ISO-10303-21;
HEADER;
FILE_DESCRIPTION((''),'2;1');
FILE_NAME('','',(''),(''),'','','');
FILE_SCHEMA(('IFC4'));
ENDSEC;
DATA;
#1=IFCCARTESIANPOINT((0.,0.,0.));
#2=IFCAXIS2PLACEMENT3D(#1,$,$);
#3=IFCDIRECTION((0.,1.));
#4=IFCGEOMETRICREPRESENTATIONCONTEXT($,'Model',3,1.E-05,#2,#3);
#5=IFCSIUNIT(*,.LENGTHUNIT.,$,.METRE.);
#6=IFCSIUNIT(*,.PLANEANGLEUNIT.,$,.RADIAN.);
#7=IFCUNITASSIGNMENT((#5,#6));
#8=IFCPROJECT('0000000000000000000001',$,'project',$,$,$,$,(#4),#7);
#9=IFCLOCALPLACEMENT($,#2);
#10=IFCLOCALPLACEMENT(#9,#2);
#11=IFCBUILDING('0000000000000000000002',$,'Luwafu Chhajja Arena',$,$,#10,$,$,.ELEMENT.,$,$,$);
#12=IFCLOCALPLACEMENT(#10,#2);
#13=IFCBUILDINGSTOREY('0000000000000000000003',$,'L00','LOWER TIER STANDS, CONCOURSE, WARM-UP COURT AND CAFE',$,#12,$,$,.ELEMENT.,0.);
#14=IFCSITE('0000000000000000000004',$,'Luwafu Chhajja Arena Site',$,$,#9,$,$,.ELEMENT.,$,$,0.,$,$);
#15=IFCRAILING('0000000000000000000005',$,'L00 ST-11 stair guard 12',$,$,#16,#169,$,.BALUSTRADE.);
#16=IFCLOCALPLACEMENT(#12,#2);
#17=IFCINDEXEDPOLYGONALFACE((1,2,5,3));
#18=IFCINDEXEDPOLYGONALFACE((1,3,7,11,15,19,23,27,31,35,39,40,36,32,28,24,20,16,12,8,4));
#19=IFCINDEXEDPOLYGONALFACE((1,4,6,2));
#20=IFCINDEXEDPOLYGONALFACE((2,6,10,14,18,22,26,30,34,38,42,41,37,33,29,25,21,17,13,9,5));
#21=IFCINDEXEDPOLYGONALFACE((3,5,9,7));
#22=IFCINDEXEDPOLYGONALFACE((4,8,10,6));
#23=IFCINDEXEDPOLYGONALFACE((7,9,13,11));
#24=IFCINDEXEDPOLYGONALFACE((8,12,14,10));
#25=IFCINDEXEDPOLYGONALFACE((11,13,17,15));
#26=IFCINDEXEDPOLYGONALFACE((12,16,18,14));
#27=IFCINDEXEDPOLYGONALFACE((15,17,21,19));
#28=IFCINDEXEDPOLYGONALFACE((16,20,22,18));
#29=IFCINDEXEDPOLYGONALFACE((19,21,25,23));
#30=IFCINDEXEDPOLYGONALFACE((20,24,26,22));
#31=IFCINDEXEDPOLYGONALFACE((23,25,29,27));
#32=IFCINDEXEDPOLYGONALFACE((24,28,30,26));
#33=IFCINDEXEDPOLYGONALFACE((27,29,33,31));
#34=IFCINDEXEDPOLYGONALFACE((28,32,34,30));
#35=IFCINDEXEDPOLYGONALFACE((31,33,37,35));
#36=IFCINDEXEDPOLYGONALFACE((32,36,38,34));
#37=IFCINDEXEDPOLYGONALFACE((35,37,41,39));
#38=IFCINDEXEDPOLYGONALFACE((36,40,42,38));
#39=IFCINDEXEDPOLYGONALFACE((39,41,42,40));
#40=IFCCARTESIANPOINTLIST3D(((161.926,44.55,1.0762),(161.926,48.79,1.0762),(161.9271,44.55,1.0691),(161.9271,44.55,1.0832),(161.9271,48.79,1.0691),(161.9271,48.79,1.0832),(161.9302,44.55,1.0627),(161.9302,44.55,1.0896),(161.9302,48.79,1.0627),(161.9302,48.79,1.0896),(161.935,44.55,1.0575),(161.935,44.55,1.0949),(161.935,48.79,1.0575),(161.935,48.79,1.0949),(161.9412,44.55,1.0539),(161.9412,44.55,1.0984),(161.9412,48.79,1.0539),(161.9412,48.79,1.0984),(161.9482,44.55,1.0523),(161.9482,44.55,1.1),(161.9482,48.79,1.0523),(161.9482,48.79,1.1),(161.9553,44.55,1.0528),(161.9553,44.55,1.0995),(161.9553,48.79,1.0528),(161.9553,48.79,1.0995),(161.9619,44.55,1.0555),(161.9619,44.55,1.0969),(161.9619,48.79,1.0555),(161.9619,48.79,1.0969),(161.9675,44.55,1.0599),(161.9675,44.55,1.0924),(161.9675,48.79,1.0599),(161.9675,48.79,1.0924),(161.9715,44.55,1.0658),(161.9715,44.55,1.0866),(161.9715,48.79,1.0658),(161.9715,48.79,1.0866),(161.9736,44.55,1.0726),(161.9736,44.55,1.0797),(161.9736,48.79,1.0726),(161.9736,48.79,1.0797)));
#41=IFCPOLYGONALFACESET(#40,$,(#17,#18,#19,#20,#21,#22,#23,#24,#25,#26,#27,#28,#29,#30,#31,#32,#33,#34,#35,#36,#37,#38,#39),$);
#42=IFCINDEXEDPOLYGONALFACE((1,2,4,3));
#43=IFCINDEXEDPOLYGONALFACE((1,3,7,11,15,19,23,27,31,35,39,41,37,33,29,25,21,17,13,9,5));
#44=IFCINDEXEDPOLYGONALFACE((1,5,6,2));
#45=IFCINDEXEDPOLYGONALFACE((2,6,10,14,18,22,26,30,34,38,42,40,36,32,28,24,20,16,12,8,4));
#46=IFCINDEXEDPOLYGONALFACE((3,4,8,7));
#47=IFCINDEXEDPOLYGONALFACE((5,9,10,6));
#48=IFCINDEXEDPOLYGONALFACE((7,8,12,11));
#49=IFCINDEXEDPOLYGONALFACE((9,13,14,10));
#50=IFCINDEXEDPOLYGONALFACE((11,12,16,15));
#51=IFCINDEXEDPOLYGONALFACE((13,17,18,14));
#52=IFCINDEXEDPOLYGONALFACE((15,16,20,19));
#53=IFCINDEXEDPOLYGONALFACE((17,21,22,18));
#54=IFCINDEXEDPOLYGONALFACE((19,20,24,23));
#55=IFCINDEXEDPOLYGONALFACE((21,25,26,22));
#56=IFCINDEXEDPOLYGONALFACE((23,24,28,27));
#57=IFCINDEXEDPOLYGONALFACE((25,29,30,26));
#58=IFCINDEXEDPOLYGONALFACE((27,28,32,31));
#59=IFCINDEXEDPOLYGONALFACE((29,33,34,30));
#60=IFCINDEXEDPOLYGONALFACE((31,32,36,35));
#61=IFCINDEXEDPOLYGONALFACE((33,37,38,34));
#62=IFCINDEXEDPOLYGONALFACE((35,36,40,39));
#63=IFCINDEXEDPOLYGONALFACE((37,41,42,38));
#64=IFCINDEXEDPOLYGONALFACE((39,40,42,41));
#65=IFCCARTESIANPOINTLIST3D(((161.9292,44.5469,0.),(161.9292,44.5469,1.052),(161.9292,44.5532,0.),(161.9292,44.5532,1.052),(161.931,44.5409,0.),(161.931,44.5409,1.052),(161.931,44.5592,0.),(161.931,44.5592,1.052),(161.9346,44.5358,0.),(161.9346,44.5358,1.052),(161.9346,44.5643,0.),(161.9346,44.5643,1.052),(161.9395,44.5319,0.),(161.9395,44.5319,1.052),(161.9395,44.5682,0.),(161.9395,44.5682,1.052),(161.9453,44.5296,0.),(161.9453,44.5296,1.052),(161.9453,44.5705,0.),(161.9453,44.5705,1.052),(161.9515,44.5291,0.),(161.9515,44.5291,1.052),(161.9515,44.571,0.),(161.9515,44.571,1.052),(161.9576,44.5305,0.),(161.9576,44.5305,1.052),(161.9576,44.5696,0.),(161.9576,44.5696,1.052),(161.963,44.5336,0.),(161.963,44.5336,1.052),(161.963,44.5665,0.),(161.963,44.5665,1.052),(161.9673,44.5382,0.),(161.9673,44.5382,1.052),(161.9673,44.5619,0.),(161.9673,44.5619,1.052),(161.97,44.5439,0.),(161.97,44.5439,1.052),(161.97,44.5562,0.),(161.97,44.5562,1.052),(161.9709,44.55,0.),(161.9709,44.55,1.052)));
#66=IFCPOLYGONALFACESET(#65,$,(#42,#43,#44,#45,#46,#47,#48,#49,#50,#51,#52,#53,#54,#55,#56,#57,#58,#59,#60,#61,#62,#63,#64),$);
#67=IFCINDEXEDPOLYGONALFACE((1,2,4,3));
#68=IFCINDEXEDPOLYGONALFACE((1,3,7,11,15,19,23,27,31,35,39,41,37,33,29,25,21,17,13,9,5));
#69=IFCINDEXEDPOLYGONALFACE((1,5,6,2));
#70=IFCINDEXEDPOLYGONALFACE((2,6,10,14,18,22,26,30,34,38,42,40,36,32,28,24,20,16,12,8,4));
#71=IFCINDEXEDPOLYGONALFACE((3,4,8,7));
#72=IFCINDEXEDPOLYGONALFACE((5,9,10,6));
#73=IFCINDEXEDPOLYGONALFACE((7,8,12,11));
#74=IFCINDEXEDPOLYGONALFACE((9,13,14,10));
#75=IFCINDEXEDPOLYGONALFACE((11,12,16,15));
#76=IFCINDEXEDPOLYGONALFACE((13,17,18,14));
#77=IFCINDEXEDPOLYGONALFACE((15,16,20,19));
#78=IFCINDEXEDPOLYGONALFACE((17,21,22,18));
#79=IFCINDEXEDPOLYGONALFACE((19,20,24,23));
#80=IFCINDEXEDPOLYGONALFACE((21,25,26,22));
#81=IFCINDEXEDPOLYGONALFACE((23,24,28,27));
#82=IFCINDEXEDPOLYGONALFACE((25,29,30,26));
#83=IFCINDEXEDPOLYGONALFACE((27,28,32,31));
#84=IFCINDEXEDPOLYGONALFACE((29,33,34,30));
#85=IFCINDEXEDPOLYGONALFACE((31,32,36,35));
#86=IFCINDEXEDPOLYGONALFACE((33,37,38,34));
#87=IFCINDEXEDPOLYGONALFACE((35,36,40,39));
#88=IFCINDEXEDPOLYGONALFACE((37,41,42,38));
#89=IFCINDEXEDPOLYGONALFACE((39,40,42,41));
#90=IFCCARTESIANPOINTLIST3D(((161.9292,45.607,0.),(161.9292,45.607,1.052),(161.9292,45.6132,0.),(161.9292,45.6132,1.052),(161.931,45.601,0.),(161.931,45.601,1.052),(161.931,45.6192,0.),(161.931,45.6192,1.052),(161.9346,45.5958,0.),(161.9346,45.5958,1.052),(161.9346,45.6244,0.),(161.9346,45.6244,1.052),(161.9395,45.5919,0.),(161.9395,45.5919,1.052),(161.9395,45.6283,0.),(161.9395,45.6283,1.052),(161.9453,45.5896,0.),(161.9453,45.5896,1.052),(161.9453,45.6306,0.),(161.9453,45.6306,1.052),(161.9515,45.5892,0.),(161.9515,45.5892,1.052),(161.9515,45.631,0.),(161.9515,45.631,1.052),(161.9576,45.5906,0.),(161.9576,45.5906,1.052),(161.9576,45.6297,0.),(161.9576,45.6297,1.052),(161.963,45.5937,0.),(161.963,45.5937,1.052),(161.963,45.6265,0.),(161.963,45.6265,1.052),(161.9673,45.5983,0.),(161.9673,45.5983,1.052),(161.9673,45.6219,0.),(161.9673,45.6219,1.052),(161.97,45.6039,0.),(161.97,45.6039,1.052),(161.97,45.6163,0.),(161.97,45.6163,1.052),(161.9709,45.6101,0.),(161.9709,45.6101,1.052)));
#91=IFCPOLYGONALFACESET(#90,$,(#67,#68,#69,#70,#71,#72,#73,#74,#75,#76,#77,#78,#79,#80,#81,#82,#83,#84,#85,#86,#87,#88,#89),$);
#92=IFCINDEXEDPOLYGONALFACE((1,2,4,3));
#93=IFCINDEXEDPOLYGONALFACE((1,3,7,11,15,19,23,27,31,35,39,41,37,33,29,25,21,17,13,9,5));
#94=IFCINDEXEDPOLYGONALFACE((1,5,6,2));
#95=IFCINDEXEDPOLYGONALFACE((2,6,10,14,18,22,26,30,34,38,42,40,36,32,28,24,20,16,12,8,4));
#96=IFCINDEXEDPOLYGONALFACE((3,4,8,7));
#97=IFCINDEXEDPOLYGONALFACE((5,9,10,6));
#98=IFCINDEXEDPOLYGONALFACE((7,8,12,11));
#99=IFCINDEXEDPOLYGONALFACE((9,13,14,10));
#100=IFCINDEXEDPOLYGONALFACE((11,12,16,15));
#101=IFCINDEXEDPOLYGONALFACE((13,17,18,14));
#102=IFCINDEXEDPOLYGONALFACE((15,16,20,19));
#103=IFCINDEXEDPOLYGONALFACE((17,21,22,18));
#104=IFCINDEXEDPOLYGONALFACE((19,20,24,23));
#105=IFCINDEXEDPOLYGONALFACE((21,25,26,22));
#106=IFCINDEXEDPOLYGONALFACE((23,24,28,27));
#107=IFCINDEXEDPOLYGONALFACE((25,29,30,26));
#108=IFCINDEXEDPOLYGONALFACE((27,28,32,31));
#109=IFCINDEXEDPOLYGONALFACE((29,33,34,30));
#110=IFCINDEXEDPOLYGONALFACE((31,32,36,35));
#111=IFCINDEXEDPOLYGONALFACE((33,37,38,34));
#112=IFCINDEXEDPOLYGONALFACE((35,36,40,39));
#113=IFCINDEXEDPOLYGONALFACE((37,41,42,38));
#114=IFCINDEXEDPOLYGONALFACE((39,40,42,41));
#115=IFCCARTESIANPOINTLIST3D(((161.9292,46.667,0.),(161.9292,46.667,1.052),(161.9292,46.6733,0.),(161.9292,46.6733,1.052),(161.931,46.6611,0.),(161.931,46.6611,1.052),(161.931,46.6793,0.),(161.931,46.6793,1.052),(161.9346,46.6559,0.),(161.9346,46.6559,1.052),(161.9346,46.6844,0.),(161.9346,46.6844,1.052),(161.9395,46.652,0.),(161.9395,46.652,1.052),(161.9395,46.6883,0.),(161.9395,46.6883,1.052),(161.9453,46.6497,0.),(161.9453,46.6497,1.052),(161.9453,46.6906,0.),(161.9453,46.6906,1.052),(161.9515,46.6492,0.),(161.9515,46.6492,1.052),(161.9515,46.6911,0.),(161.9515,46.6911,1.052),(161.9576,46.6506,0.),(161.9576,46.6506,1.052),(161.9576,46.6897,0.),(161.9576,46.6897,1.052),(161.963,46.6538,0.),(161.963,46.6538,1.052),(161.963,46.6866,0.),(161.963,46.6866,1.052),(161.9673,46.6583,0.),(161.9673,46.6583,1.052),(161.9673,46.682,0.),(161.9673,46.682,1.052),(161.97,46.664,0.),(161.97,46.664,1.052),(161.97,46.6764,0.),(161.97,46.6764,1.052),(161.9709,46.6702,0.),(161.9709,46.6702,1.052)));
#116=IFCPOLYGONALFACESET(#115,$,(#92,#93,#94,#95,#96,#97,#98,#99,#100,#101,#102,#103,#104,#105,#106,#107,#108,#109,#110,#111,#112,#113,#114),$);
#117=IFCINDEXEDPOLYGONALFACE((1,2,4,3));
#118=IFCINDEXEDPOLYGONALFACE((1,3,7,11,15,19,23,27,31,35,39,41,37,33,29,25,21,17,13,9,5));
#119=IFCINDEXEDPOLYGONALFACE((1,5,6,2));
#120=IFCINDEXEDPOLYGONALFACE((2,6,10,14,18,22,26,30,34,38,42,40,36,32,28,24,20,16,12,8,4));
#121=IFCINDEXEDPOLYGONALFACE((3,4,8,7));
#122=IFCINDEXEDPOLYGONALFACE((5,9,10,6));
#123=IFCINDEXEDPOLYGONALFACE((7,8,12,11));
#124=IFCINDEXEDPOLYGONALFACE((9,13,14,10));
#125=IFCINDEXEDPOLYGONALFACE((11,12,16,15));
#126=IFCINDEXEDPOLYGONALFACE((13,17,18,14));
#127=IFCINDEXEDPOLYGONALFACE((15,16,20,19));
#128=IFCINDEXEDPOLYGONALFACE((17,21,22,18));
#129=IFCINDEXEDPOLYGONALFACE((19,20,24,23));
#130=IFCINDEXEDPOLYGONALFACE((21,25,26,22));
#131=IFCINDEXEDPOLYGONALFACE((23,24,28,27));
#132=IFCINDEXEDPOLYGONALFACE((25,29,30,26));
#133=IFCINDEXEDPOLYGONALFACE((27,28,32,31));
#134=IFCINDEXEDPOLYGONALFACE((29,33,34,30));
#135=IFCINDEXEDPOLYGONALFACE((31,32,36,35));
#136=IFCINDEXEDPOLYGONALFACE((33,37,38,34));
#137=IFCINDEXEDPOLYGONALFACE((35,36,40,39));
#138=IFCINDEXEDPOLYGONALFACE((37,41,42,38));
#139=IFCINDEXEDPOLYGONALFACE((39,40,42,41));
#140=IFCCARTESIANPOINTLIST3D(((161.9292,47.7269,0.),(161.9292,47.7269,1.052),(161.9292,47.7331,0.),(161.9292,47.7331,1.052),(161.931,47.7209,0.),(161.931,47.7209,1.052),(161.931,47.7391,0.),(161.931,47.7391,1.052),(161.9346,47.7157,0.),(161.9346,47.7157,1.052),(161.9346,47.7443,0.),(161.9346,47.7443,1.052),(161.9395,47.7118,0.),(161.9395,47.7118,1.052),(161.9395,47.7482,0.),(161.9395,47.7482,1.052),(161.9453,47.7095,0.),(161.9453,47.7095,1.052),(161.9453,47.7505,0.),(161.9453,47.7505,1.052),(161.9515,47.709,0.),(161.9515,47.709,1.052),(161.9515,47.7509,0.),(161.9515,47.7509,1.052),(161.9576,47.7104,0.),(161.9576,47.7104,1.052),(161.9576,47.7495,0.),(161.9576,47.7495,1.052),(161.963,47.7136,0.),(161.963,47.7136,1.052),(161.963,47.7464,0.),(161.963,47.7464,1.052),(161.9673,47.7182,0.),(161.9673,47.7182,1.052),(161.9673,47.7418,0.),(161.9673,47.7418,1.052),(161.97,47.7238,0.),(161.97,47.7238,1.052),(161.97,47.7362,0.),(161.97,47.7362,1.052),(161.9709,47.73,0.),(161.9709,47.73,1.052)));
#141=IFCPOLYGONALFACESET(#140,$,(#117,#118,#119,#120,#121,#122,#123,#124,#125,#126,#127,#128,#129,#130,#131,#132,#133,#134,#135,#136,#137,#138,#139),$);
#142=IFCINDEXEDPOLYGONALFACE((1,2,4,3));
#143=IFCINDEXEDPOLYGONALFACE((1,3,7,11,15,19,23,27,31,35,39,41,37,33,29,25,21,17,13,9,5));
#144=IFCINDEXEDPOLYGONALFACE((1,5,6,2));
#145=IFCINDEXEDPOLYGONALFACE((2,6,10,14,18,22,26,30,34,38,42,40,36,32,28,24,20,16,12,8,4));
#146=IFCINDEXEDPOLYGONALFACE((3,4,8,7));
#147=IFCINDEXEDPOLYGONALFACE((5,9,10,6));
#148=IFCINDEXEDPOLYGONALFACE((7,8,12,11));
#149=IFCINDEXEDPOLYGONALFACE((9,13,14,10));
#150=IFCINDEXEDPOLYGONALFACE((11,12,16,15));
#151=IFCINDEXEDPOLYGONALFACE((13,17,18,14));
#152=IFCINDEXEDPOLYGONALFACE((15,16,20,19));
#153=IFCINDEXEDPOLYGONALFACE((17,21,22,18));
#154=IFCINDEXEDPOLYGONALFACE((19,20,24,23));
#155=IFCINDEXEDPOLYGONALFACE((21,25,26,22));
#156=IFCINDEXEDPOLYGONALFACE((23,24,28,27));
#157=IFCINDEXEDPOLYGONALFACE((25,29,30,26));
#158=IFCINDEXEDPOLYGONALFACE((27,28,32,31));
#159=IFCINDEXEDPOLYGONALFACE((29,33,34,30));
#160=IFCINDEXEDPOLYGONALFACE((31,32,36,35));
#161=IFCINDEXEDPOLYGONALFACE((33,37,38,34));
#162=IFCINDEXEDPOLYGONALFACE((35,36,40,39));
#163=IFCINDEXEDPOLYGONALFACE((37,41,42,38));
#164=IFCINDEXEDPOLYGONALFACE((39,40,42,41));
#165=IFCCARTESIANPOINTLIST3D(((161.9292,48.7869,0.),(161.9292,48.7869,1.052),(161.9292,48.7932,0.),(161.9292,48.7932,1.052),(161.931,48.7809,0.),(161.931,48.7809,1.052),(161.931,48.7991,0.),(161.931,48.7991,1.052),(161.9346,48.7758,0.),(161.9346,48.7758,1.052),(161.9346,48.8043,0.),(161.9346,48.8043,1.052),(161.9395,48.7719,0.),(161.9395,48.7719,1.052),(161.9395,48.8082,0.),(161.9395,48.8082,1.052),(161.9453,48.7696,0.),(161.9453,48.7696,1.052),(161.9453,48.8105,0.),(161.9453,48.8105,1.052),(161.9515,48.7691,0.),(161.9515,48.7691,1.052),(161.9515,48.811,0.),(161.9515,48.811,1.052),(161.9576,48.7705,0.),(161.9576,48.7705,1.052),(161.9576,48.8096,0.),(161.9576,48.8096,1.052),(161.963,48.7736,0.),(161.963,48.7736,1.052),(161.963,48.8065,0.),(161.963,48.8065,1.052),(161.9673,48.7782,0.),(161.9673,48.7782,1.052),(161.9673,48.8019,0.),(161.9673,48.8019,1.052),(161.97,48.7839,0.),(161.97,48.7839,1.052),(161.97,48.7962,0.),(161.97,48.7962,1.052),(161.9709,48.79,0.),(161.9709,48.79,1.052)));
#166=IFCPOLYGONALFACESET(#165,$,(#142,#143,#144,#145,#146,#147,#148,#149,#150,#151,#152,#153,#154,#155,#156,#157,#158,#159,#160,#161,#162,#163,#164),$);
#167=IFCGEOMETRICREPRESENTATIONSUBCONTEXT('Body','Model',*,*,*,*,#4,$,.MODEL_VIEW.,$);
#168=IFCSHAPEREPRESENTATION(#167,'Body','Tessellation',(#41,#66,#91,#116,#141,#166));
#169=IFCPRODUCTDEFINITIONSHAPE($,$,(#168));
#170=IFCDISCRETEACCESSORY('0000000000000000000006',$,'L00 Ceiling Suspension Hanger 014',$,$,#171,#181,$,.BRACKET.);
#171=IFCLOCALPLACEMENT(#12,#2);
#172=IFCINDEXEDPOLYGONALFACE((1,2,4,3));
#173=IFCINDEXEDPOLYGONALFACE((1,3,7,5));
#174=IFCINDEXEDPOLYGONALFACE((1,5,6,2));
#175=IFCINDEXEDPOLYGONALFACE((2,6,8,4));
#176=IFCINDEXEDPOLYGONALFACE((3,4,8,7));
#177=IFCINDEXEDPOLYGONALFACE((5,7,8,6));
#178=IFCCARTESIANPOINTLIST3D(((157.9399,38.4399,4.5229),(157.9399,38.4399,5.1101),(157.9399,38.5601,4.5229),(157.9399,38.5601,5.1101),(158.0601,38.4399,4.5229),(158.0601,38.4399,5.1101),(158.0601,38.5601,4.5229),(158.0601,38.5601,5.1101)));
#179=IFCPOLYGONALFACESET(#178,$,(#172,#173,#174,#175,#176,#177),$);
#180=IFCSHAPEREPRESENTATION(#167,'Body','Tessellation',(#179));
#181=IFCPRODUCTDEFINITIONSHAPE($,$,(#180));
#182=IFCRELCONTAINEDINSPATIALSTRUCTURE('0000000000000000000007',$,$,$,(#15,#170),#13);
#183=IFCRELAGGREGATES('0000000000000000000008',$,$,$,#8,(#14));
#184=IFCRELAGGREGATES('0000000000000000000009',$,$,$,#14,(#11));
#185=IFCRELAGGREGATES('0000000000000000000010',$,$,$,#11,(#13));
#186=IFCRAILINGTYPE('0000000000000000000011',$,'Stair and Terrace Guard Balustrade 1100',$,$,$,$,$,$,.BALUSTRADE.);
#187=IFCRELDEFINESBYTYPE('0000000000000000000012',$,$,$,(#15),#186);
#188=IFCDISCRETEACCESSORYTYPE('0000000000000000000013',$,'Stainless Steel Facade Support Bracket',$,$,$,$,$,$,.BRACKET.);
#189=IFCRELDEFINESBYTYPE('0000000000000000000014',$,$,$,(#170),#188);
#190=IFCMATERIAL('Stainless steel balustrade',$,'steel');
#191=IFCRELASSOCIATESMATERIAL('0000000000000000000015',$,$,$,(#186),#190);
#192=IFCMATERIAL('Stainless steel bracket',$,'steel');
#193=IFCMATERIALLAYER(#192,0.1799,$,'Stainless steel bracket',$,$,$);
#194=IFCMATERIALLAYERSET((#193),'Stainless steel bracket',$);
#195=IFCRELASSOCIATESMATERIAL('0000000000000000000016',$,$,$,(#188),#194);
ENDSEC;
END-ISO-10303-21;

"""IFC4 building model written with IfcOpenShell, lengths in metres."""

from ifc_helpers import new_model, si_unit, direction, frame, origin, origin_2d, place, context, subcontext, project, spatial, rectangle, circle, extrude, material, layer, layer_set, type_object, element, save


model = new_model("IFC4")

# Units and contexts
model_context = context("Model", 3, precision=1e-05, world=origin(), true_north=direction((0.0, 1.0)))
body_context = subcontext(model_context, "Body", "Model", "MODEL_VIEW")
ifc_project = project(units=[si_unit("LENGTHUNIT", "METRE"), si_unit("PLANEANGLEUNIT", "RADIAN")], contexts=[model_context])

# Site, building, storey
site_placement = place(None, origin())
site = spatial("IfcSite", under=ifc_project, at=site_placement, Name="Luwafu Chhajja Arena Site", CompositionType="ELEMENT", RefElevation=0.0)
building_placement = place(site_placement, origin())
building = spatial("IfcBuilding", under=site, at=building_placement, Name="Luwafu Chhajja Arena", CompositionType="ELEMENT")
storey_placement = place(building_placement, origin())
storey = spatial("IfcBuildingStorey", under=building, at=storey_placement, Name="L00", Description="LOWER TIER STANDS, CONCOURSE, WARM-UP COURT AND CAFE", CompositionType="ELEMENT", Elevation=0.0)

# Railing
ifc_material_1 = material(Name="Stainless steel balustrade", Category="steel")
railing_type_1 = type_object("IfcRailingType", Name="Stair and Terrace Guard Balustrade 1100", PredefinedType="BALUSTRADE", material=ifc_material_1)
railing_1_placement = place(storey_placement, frame((161.95, 44.55, 0.0)))
element("IfcRailing", 1, at=railing_1_placement, inside=storey, type_object=railing_type_1, Name="L00 ST-11 stair guard 12", PredefinedType="BALUSTRADE", context=body_context, shape_type="SweptSolid", body=[
    extrude(circle(Radius=0.0239, at=origin_2d()), frame((0.0, 0.0, 1.0762), z_axis=(0.0, 1.0, 0.0), x_axis=(-1.0, 0.0, 0.0)), (0.0, 0.0, 1.0), 4.24),
    extrude(circle(Radius=0.021, at=origin_2d()), origin(), (0.0, 0.0, 1.0), 1.052),
    extrude(circle(Radius=0.021, at=origin_2d()), frame((0.0, 1.0601, 0.0)), (0.0, 0.0, 1.0), 1.052),
    extrude(circle(Radius=0.021, at=origin_2d()), frame((0.0, 2.1201, 0.0)), (0.0, 0.0, 1.0), 1.052),
    extrude(circle(Radius=0.021, at=origin_2d()), frame((0.0, 3.1799, 0.0)), (0.0, 0.0, 1.0), 1.052),
    extrude(circle(Radius=0.021, at=origin_2d()), frame((0.0, 4.24, 0.0)), (0.0, 0.0, 1.0), 1.052),
])

# Discrete accessory
ifc_material_2 = material(Name="Stainless steel bracket", Category="steel")
ifc_layer_1 = layer(ifc_material_2, 0.1799, Name="Stainless steel bracket")
ifc_layer_set_1 = layer_set([ifc_layer_1], Name="Stainless steel bracket")
discrete_accessory_type = type_object("IfcDiscreteAccessoryType", Name="Stainless Steel Facade Support Bracket", PredefinedType="BRACKET", material=ifc_layer_set_1)
discrete_accessory_placement = place(storey_placement, frame((158.0, 38.5, 4.5229), z_axis=(0.0, 0.0, 1.0), x_axis=(1.0, 0.0, 0.0)))
element("IfcDiscreteAccessory", 2, at=discrete_accessory_placement, inside=storey, type_object=discrete_accessory_type, Name="L00 Ceiling Suspension Hanger 014", PredefinedType="BRACKET", context=body_context, shape_type="SweptSolid", body=[
    extrude(rectangle(XDim=0.1201, YDim=0.1201, at=origin_2d()), origin(), (0.0, 0.0, 1.0), 0.5872),
])

save(model, "model.ifc")
